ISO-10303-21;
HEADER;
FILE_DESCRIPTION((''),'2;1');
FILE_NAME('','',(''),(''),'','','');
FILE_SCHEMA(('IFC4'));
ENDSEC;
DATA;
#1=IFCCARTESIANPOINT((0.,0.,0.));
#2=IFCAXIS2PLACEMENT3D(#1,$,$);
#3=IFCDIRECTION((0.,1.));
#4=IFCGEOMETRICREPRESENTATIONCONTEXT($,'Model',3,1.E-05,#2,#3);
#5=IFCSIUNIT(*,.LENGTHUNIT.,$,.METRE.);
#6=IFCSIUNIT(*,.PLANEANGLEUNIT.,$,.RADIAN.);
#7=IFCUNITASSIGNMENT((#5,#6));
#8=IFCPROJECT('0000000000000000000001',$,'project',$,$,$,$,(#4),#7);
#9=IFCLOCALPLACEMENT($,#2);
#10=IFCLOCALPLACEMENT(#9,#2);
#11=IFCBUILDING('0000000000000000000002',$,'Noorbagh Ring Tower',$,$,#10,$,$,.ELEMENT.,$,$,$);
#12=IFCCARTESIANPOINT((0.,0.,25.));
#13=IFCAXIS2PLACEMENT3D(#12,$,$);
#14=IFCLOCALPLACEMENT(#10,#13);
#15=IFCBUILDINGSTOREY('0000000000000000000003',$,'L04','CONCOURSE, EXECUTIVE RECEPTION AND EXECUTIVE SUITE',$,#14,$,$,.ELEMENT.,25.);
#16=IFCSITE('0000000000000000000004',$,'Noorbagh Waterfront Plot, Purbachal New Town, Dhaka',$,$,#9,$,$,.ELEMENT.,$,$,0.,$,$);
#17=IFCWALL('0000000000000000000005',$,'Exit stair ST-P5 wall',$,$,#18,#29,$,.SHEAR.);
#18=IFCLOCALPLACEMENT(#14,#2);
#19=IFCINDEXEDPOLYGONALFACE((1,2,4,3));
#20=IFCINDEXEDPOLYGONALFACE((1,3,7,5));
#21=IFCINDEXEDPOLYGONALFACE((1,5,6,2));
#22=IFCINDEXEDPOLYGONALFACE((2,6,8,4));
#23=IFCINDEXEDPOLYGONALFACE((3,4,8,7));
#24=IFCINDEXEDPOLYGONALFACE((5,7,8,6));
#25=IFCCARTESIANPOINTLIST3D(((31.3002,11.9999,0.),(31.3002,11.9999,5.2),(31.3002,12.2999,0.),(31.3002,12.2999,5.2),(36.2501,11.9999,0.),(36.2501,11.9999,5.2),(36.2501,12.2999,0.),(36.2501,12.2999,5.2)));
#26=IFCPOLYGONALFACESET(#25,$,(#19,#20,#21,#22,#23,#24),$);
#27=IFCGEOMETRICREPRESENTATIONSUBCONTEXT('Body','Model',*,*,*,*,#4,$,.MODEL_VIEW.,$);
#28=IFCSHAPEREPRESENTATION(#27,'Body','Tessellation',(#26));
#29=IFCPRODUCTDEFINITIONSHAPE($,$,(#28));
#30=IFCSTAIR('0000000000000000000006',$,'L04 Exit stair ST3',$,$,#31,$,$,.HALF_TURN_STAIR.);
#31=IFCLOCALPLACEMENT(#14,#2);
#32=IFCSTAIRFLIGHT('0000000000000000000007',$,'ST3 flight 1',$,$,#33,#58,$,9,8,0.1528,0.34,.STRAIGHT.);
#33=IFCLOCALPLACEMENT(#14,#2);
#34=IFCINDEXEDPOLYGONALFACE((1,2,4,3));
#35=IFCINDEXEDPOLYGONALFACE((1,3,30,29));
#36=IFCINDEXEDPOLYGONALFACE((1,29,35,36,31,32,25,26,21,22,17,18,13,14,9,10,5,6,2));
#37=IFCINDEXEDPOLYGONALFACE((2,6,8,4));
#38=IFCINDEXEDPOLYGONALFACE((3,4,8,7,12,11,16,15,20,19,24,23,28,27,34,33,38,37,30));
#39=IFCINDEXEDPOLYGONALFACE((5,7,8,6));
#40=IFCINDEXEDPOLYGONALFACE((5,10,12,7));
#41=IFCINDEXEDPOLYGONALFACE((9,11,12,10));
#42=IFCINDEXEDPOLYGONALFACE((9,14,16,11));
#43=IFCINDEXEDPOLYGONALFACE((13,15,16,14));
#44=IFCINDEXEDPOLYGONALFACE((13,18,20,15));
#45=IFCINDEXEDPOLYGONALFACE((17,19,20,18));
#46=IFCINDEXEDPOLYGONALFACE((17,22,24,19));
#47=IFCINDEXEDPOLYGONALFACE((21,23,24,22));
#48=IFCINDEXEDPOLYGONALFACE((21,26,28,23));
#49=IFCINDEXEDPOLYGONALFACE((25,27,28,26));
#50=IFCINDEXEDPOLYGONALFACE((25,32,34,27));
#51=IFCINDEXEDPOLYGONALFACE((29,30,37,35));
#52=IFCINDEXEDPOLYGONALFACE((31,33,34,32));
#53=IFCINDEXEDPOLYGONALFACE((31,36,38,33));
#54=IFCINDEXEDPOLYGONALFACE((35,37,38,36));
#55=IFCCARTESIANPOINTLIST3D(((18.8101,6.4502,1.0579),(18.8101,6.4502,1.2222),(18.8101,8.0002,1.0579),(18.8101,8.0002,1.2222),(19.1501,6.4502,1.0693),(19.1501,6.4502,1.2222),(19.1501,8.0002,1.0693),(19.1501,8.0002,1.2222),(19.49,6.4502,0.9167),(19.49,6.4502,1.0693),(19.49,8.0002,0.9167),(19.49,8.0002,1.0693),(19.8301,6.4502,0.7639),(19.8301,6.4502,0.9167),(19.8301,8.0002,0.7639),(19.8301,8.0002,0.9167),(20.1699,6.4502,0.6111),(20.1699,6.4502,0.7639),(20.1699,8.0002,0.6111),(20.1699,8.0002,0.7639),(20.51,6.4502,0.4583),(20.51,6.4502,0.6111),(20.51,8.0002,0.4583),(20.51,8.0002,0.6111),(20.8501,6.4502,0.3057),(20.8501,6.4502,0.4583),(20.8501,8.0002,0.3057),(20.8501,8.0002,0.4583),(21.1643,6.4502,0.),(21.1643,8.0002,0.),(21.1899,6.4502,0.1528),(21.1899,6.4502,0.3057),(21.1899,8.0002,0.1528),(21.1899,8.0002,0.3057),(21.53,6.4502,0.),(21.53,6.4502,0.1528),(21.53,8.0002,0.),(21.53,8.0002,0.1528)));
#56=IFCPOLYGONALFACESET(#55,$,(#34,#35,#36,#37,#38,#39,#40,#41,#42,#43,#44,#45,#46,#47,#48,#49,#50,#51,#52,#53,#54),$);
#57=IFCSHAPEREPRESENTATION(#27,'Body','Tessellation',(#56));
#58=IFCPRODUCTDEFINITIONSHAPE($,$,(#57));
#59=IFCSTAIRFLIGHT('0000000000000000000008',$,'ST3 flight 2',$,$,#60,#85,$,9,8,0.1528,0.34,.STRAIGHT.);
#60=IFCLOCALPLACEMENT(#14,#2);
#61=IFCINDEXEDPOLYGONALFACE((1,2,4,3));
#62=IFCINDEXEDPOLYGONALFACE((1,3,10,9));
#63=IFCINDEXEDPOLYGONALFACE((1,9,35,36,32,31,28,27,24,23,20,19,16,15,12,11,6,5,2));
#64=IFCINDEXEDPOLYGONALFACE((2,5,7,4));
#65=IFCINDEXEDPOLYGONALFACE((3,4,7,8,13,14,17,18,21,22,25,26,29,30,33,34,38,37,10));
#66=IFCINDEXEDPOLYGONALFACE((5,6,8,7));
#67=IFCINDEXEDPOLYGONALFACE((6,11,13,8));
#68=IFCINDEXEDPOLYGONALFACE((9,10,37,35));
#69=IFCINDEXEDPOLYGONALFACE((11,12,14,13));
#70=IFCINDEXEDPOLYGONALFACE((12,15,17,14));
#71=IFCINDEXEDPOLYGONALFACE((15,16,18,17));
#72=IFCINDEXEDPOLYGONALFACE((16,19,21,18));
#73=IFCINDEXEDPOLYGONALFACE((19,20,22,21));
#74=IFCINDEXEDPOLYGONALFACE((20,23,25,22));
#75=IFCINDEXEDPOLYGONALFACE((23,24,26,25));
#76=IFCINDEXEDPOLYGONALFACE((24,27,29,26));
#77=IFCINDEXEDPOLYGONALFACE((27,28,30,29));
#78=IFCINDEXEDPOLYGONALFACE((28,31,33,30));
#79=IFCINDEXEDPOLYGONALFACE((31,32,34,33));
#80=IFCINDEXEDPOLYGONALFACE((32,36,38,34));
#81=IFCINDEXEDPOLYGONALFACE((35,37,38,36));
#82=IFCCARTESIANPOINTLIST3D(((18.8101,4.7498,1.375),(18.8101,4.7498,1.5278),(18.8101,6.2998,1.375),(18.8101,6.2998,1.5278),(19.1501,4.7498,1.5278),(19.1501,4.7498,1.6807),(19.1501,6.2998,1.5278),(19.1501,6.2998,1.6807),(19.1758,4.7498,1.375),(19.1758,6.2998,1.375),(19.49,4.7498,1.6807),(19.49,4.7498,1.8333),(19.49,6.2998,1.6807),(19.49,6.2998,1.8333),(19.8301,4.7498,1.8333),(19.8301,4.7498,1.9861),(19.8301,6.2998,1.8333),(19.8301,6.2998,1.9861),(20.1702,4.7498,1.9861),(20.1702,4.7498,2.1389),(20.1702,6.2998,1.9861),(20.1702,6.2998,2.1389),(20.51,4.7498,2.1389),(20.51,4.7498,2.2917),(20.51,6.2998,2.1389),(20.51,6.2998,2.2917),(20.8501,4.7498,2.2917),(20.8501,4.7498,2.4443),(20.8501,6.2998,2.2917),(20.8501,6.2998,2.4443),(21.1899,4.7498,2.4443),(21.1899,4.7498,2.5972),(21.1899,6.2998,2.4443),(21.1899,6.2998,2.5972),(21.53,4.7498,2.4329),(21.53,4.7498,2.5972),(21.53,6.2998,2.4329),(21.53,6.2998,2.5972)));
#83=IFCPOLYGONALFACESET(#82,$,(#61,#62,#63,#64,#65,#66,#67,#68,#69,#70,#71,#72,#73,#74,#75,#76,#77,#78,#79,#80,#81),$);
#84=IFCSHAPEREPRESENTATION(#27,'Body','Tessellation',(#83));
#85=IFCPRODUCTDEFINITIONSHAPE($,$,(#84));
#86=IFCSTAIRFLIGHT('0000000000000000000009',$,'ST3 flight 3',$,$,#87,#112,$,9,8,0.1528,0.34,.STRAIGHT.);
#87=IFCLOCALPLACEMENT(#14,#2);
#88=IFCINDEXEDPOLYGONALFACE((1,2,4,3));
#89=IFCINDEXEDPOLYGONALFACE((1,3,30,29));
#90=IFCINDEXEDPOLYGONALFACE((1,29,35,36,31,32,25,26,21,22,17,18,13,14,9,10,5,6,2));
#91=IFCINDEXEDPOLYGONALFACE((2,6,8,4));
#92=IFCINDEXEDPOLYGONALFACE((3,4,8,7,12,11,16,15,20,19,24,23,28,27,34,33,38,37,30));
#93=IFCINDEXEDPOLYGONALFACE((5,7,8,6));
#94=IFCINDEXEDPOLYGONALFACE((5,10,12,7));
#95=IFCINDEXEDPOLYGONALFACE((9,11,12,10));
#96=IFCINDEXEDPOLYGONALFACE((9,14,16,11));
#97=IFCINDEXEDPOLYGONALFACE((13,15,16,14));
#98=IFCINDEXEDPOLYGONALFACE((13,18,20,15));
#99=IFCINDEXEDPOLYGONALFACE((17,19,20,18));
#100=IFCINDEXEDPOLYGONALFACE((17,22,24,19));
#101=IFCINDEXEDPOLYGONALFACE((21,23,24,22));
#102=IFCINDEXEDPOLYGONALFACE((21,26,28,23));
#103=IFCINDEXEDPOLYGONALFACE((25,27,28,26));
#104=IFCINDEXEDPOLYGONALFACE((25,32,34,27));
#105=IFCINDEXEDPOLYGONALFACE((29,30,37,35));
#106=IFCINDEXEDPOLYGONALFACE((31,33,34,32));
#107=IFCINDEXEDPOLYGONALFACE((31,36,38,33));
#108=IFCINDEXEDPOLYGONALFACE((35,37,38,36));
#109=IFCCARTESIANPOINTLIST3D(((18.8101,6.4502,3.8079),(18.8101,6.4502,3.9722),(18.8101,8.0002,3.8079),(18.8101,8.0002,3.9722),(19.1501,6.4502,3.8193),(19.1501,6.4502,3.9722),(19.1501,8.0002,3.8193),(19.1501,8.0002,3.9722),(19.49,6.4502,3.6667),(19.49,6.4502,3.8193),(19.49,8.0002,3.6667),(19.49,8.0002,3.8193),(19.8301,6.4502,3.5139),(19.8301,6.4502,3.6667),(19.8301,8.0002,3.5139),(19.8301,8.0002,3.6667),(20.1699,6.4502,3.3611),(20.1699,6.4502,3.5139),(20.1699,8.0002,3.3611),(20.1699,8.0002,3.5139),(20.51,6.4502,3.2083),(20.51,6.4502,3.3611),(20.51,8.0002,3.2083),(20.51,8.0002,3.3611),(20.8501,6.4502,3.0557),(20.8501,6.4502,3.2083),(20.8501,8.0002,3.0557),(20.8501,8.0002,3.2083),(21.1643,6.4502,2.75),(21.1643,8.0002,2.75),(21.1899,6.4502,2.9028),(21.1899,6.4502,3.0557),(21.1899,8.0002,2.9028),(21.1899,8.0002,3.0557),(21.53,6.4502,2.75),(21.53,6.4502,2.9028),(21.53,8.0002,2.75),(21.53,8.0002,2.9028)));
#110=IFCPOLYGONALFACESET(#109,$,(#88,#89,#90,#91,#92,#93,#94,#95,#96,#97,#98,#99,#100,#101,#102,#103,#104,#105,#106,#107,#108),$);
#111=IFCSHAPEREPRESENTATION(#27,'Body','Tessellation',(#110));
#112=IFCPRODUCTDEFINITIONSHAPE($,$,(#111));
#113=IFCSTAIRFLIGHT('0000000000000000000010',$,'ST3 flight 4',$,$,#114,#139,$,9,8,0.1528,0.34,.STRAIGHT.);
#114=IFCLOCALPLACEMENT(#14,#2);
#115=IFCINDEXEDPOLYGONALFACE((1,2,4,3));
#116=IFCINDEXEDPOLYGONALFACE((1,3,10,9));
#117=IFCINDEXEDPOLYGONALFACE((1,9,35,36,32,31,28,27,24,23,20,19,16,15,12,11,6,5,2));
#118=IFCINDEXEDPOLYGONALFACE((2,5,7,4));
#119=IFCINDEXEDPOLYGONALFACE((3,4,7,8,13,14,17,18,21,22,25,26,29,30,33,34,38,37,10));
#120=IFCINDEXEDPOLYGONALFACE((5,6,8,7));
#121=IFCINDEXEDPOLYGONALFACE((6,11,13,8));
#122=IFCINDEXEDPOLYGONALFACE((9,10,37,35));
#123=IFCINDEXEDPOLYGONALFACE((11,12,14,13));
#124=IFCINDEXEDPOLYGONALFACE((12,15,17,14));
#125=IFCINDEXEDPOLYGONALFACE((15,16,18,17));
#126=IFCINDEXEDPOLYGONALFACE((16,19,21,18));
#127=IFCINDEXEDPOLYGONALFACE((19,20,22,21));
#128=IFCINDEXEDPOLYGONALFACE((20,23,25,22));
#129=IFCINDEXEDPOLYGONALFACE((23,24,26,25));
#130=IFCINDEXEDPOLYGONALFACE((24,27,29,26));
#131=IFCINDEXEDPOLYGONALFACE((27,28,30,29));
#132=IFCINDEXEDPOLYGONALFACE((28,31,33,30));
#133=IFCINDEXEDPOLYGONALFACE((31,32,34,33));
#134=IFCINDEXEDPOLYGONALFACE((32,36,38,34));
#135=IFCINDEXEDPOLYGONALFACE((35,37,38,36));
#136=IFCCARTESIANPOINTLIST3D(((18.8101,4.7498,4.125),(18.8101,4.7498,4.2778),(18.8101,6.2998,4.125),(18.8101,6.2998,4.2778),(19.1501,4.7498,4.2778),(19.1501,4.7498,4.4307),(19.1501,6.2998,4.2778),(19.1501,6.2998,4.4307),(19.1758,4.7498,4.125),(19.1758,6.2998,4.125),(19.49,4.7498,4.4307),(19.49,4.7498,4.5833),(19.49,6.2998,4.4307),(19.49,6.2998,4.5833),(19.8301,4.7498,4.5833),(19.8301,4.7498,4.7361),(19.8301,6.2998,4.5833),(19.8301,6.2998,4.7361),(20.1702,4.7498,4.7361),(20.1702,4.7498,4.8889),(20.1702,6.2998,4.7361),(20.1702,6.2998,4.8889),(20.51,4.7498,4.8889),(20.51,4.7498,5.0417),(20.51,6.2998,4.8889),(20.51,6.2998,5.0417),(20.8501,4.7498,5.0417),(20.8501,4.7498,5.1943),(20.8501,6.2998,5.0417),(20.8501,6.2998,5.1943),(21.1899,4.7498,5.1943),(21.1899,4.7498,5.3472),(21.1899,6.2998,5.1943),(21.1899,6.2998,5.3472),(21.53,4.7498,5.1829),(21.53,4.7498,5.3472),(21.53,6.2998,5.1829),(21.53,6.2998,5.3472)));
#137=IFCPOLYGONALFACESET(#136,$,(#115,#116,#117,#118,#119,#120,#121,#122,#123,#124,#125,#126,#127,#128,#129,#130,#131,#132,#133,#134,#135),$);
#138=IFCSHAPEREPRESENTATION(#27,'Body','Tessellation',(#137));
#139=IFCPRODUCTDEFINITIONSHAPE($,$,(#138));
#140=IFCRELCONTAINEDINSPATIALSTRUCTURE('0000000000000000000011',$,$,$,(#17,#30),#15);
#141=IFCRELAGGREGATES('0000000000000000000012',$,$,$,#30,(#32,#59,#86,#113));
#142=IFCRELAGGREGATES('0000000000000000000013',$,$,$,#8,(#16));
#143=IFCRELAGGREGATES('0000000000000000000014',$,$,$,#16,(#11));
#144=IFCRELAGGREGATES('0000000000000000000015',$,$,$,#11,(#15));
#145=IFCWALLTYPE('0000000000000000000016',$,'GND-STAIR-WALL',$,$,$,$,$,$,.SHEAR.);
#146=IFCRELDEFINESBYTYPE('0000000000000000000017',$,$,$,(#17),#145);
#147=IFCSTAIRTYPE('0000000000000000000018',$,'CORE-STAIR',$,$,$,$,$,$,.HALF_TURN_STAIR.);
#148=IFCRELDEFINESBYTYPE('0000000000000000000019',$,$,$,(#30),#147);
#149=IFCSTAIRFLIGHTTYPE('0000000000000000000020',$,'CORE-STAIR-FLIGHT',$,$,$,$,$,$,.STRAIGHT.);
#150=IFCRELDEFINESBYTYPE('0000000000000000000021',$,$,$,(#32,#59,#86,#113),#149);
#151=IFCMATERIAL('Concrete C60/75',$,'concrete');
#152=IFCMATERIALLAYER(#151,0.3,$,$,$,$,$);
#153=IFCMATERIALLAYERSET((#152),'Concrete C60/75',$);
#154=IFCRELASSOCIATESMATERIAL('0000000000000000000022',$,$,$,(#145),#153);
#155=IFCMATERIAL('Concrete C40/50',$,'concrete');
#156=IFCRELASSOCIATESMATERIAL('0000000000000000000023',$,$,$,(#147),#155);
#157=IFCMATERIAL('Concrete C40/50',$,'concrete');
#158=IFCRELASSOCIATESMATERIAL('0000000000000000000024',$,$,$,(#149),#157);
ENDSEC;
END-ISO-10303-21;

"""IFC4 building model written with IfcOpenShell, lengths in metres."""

from ifc_helpers import new_model, si_unit, direction, frame, frame_2d, origin, place, context, subcontext, project, spatial, polyline, rectangle, outline, extrude, material, layer, layer_set, type_object, element, aggregate, save


model = new_model("IFC4")

# Units and contexts
model_context = context("Model", 3, precision=1e-05, world=origin(), true_north=direction((0.0, 1.0)))
body_context = subcontext(model_context, "Body", "Model", "MODEL_VIEW")
ifc_project = project(units=[si_unit("LENGTHUNIT", "METRE"), si_unit("PLANEANGLEUNIT", "RADIAN")], contexts=[model_context])

# Site, building, storey
site_placement = place(None, origin())
site = spatial("IfcSite", under=ifc_project, at=site_placement, Name="Noorbagh Waterfront Plot, Purbachal New Town, Dhaka", CompositionType="ELEMENT", RefElevation=0.0)
building_placement = place(site_placement, origin())
building = spatial("IfcBuilding", under=site, at=building_placement, Name="Noorbagh Ring Tower", CompositionType="ELEMENT")
storey_placement = place(building_placement, frame((0.0, 0.0, 25.0)))
storey = spatial("IfcBuildingStorey", under=building, at=storey_placement, Name="L04", Description="CONCOURSE, EXECUTIVE RECEPTION AND EXECUTIVE SUITE", CompositionType="ELEMENT", Elevation=25.0)

# Wall
ifc_material_1 = material(Name="Concrete C60/75", Category="concrete")
ifc_layer_1 = layer(ifc_material_1, 0.3)
ifc_layer_set_1 = layer_set([ifc_layer_1], Name="Concrete C60/75")
wall_type_1 = type_object("IfcWallType", Name="GND-STAIR-WALL", PredefinedType="SHEAR", material=ifc_layer_set_1)
wall_1_placement = place(storey_placement, frame((31.3, 12.1499, 0.0), z_axis=(0.0, 0.0, 1.0), x_axis=(1.0, 0.0, 0.0)))
element("IfcWall", 1, at=wall_1_placement, inside=storey, type_object=wall_type_1, Name="Exit stair ST-P5 wall", PredefinedType="SHEAR", context=body_context, shape_type="SweptSolid", body=[
    extrude(rectangle(XDim=4.95, YDim=0.3, at=frame_2d((2.4751, 0.0))), origin(), (0.0, 0.0, 1.0), 5.2),
])

# Stair, stair flights
ifc_material_2 = material(Name="Concrete C40/50", Category="concrete")
stair_type = type_object("IfcStairType", Name="CORE-STAIR", PredefinedType="HALF_TURN_STAIR", material=ifc_material_2)
stair_placement = place(storey_placement, origin())
stair = element("IfcStair", 2, at=stair_placement, inside=storey, type_object=stair_type, Name="L04 Exit stair ST3", PredefinedType="HALF_TURN_STAIR")
ifc_material_3 = material(Name="Concrete C40/50", Category="concrete")
stair_flight_type = type_object("IfcStairFlightType", Name="CORE-STAIR-FLIGHT", PredefinedType="STRAIGHT", material=ifc_material_3)
stair_flight_1_placement = place(storey_placement, frame((21.53, 7.2251, 0.0), z_axis=(0.0, 0.0, 1.0), x_axis=(-1.0, 0.0, 0.0)))
stair_flight_1 = element("IfcStairFlight", 3, at=stair_flight_1_placement, type_object=stair_flight_type, Name="ST3 flight 1", NumberOfRisers=9, NumberOfTreads=8, PredefinedType="STRAIGHT", RiserHeight=0.1528, TreadLength=0.34, context=body_context, shape_type="SweptSolid", body=[
    extrude(outline(polyline([(0.0, 0.0), (0.0, 0.1528), (0.3401, 0.1528), (0.3401, 0.3057), (0.6799, 0.3057), (0.6799, 0.4583), (1.02, 0.4583), (1.02, 0.6111), (1.3601, 0.6111), (1.3601, 0.7639), (1.7, 0.7639), (1.7, 0.9167), (2.04, 0.9167), (2.04, 1.0693), (2.3799, 1.0693), (2.3799, 1.2222), (2.72, 1.2222), (2.72, 1.375), (2.72, 1.0579), (0.3657, 0.0), (0.0, 0.0)])), frame((0.0, 0.7749, 0.0), z_axis=(0.0, -1.0, 0.0), x_axis=(1.0, 0.0, 0.0)), (0.0, 0.0, 1.0), 1.55),
])
stair_flight_2_placement = place(storey_placement, frame((18.8101, 5.5249, 1.375), z_axis=(0.0, 0.0, 1.0), x_axis=(1.0, 0.0, 0.0)))
stair_flight_2 = element("IfcStairFlight", 4, at=stair_flight_2_placement, type_object=stair_flight_type, Name="ST3 flight 2", NumberOfRisers=9, NumberOfTreads=8, PredefinedType="STRAIGHT", RiserHeight=0.1528, TreadLength=0.34, context=body_context, shape_type="SweptSolid", body=[
    extrude(outline(polyline([(0.0, 0.0), (0.0, 0.1528), (0.3401, 0.1528), (0.3401, 0.3057), (0.6799, 0.3057), (0.6799, 0.4583), (1.02, 0.4583), (1.02, 0.6111), (1.3601, 0.6111), (1.3601, 0.7639), (1.7, 0.7639), (1.7, 0.9167), (2.04, 0.9167), (2.04, 1.0693), (2.3799, 1.0693), (2.3799, 1.2222), (2.72, 1.2222), (2.72, 1.375), (2.72, 1.0579), (0.3657, 0.0), (0.0, 0.0)])), frame((0.0, 0.7749, 0.0), z_axis=(0.0, -1.0, 0.0), x_axis=(1.0, 0.0, 0.0)), (0.0, 0.0, 1.0), 1.55),
])
stair_flight_3_placement = place(storey_placement, frame((21.53, 7.2251, 2.75), z_axis=(0.0, 0.0, 1.0), x_axis=(-1.0, 0.0, 0.0)))
stair_flight_3 = element("IfcStairFlight", 5, at=stair_flight_3_placement, type_object=stair_flight_type, Name="ST3 flight 3", NumberOfRisers=9, NumberOfTreads=8, PredefinedType="STRAIGHT", RiserHeight=0.1528, TreadLength=0.34, context=body_context, shape_type="SweptSolid", body=[
    extrude(outline(polyline([(0.0, 0.0), (0.0, 0.1528), (0.3401, 0.1528), (0.3401, 0.3057), (0.6799, 0.3057), (0.6799, 0.4583), (1.02, 0.4583), (1.02, 0.6111), (1.3601, 0.6111), (1.3601, 0.7639), (1.7, 0.7639), (1.7, 0.9167), (2.04, 0.9167), (2.04, 1.0693), (2.3799, 1.0693), (2.3799, 1.2222), (2.72, 1.2222), (2.72, 1.375), (2.72, 1.0579), (0.3657, 0.0), (0.0, 0.0)])), frame((0.0, 0.7749, 0.0), z_axis=(0.0, -1.0, 0.0), x_axis=(1.0, 0.0, 0.0)), (0.0, 0.0, 1.0), 1.55),
])
stair_flight_4_placement = place(storey_placement, frame((18.8101, 5.5249, 4.125), z_axis=(0.0, 0.0, 1.0), x_axis=(1.0, 0.0, 0.0)))
stair_flight_4 = element("IfcStairFlight", 6, at=stair_flight_4_placement, type_object=stair_flight_type, Name="ST3 flight 4", NumberOfRisers=9, NumberOfTreads=8, PredefinedType="STRAIGHT", RiserHeight=0.1528, TreadLength=0.34, context=body_context, shape_type="SweptSolid", body=[
    extrude(outline(polyline([(0.0, 0.0), (0.0, 0.1528), (0.3401, 0.1528), (0.3401, 0.3057), (0.6799, 0.3057), (0.6799, 0.4583), (1.02, 0.4583), (1.02, 0.6111), (1.3601, 0.6111), (1.3601, 0.7639), (1.7, 0.7639), (1.7, 0.9167), (2.04, 0.9167), (2.04, 1.0693), (2.3799, 1.0693), (2.3799, 1.2222), (2.72, 1.2222), (2.72, 1.375), (2.72, 1.0579), (0.3657, 0.0), (0.0, 0.0)])), frame((0.0, 0.7749, 0.0), z_axis=(0.0, -1.0, 0.0), x_axis=(1.0, 0.0, 0.0)), (0.0, 0.0, 1.0), 1.55),
])
aggregate(stair, [stair_flight_1, stair_flight_2, stair_flight_3, stair_flight_4])

save(model, "model.ifc")
